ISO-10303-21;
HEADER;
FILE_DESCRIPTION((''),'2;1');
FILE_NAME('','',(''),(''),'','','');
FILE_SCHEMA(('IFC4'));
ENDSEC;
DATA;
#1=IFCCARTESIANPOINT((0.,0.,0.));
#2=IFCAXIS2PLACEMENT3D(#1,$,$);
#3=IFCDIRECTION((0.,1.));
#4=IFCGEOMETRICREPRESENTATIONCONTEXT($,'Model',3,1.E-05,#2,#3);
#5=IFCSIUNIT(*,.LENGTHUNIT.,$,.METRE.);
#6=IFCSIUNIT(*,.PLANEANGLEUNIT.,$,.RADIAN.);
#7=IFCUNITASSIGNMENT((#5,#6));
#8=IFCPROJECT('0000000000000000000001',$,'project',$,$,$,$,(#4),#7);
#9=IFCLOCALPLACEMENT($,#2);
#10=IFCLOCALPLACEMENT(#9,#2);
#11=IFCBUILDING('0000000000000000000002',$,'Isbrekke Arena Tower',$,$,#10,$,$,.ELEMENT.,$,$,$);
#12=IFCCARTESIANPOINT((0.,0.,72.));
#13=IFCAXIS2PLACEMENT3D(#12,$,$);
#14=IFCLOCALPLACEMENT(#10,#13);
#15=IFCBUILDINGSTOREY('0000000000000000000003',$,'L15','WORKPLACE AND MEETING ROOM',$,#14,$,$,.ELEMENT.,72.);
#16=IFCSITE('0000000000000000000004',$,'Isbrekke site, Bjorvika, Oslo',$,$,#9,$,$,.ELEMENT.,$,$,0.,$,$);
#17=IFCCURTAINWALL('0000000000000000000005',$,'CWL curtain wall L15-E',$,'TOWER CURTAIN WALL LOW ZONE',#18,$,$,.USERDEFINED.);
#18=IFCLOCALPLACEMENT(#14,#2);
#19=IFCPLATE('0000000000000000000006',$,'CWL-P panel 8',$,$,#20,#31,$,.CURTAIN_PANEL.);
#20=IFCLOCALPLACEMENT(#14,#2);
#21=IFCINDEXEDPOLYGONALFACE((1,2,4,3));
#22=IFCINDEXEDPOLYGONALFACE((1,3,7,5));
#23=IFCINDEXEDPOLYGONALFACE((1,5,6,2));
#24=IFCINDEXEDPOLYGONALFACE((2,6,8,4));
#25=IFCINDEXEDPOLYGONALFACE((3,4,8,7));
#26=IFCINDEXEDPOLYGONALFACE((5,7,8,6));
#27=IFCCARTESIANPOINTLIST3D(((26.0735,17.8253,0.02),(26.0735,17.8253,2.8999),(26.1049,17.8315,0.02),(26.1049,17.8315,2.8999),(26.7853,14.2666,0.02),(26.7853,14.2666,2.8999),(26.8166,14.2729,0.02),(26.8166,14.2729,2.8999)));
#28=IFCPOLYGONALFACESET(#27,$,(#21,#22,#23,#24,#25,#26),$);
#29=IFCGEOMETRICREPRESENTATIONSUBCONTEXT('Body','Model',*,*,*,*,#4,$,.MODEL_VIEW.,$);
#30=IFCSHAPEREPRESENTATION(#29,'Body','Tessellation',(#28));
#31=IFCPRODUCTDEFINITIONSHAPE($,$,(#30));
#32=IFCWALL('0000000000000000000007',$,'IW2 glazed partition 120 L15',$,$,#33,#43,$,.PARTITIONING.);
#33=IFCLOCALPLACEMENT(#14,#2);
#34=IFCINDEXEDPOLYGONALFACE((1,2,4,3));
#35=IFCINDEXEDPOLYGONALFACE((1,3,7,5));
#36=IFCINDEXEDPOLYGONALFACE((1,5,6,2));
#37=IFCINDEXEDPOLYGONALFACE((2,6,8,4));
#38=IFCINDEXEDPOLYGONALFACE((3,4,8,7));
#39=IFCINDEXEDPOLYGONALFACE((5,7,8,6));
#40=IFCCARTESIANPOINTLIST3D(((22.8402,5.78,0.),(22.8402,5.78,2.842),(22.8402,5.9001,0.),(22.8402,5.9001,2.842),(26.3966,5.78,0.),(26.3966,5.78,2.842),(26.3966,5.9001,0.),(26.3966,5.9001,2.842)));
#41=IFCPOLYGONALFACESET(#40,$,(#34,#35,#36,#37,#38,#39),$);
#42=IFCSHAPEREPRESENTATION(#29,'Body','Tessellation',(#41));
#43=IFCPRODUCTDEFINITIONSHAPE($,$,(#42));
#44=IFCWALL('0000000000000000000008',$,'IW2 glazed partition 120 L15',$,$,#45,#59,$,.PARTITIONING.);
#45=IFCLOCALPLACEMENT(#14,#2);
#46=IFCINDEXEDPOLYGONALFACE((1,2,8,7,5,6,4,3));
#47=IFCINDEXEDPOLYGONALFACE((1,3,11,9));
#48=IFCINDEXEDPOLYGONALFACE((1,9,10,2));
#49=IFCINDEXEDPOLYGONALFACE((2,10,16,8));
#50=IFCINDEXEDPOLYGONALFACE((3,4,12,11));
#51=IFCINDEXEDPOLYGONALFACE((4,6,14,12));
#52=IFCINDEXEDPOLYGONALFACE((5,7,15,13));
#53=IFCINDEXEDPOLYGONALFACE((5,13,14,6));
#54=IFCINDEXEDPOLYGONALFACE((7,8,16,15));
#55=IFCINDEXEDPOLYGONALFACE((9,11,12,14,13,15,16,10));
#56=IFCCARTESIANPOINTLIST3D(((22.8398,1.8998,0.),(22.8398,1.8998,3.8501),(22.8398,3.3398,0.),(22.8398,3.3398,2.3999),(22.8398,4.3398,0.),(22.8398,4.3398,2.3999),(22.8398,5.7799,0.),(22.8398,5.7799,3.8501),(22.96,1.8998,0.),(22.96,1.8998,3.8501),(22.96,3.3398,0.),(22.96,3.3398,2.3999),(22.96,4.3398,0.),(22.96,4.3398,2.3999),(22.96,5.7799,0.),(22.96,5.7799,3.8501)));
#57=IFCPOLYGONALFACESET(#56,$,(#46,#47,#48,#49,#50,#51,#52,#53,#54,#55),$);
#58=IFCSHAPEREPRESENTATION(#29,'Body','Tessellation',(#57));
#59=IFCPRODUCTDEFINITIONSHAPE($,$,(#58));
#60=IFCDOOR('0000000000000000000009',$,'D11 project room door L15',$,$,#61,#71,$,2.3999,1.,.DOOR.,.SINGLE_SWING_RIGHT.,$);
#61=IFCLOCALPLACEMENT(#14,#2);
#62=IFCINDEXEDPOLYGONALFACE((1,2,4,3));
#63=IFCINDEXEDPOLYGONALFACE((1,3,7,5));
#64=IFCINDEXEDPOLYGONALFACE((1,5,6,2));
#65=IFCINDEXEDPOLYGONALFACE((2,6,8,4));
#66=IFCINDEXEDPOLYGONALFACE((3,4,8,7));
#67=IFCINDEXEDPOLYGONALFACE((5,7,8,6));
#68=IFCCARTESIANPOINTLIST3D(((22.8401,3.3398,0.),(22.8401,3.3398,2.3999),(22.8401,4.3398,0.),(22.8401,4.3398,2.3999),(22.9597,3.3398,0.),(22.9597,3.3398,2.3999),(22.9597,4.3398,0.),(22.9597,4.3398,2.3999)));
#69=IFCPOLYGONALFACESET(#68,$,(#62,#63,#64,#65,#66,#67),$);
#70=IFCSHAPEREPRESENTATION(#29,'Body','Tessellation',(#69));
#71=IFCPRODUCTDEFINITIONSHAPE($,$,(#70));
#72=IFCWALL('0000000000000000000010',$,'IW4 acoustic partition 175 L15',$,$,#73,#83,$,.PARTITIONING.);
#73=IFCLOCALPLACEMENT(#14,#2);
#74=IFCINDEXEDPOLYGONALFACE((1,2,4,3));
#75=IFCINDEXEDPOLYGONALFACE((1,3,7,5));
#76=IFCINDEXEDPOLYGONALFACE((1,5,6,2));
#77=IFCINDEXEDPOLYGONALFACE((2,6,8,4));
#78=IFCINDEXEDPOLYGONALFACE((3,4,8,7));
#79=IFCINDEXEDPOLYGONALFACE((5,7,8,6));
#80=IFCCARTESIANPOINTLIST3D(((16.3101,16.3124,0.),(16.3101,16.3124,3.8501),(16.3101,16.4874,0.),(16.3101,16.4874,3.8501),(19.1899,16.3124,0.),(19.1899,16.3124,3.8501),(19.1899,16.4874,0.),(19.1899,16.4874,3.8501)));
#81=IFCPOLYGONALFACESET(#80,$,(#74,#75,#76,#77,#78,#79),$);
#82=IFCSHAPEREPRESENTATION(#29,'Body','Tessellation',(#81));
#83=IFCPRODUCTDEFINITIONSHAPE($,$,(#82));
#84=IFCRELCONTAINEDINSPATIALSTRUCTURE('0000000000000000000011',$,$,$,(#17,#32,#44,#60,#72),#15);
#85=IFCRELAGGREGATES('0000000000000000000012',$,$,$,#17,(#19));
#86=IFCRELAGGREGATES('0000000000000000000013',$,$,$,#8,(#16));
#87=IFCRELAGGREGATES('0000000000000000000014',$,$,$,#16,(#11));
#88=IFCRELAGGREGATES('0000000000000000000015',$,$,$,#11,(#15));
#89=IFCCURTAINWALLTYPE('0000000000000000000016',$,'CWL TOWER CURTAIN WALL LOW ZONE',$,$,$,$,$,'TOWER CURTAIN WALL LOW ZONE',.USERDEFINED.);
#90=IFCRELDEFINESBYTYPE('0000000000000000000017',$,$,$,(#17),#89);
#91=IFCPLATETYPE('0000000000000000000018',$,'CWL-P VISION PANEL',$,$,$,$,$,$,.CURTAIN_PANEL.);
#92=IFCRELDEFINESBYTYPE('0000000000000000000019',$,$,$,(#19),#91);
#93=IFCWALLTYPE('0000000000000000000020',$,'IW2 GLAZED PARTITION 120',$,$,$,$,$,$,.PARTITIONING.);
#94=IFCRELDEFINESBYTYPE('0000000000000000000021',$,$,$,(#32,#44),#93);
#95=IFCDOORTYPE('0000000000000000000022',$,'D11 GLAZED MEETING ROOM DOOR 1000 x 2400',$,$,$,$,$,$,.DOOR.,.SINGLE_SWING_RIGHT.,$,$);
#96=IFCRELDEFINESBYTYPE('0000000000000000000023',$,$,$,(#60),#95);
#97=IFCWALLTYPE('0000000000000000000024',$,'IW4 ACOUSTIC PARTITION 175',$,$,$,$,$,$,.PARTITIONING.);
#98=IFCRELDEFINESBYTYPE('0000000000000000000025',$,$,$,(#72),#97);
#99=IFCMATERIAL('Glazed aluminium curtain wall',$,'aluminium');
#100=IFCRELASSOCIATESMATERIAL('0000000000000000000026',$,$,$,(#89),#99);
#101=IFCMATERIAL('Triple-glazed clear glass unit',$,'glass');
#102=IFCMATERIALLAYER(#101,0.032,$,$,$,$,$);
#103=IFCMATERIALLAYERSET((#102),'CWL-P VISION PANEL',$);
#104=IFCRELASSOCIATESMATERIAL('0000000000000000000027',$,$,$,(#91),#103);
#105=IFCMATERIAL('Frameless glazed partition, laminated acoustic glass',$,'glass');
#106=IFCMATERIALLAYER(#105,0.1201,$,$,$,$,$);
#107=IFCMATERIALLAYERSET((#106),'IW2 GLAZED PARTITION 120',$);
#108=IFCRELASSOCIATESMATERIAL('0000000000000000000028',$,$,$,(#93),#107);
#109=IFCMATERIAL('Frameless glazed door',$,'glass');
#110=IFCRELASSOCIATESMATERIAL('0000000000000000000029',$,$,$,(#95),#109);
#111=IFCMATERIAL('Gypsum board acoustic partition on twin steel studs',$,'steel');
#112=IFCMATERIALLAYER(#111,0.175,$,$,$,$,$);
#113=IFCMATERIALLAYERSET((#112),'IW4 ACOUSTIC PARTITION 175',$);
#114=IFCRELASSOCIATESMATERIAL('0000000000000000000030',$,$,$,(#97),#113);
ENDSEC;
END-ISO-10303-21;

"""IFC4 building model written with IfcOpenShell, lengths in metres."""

from ifc_helpers import new_model, si_unit, direction, frame, frame_2d, origin, origin_2d, place, context, subcontext, project, spatial, rectangle, extrude, material, layer, layer_set, type_object, element, fill, aggregate, save


model = new_model("IFC4")

# Units and contexts
model_context = context("Model", 3, precision=1e-05, world=origin(), true_north=direction((0.0, 1.0)))
body_context = subcontext(model_context, "Body", "Model", "MODEL_VIEW")
ifc_project = project(units=[si_unit("LENGTHUNIT", "METRE"), si_unit("PLANEANGLEUNIT", "RADIAN")], contexts=[model_context])

# Site, building, storey
site_placement = place(None, origin())
site = spatial("IfcSite", under=ifc_project, at=site_placement, Name="Isbrekke site, Bjorvika, Oslo", CompositionType="ELEMENT", RefElevation=0.0)
building_placement = place(site_placement, origin())
building = spatial("IfcBuilding", under=site, at=building_placement, Name="Isbrekke Arena Tower", CompositionType="ELEMENT")
storey_placement = place(building_placement, frame((0.0, 0.0, 72.0)))
storey = spatial("IfcBuildingStorey", under=building, at=storey_placement, Name="L15", Description="WORKPLACE AND MEETING ROOM", CompositionType="ELEMENT", Elevation=72.0)

# Curtain wall
ifc_material_1 = material(Name="Glazed aluminium curtain wall", Category="aluminium")
curtain_wall_type = type_object("IfcCurtainWallType", Name="CWL TOWER CURTAIN WALL LOW ZONE", ElementType="TOWER CURTAIN WALL LOW ZONE", PredefinedType="USERDEFINED", material=ifc_material_1)
curtain_wall_placement = place(storey_placement, origin())
curtain_wall = element("IfcCurtainWall", 1, at=curtain_wall_placement, inside=storey, type_object=curtain_wall_type, Name="CWL curtain wall L15-E", ObjectType="TOWER CURTAIN WALL LOW ZONE", PredefinedType="USERDEFINED")

# Plate
ifc_material_2 = material(Name="Triple-glazed clear glass unit", Category="glass")
ifc_layer_1 = layer(ifc_material_2, 0.032)
ifc_layer_set_1 = layer_set([ifc_layer_1], Name="CWL-P VISION PANEL")
plate_type = type_object("IfcPlateType", Name="CWL-P VISION PANEL", PredefinedType="CURTAIN_PANEL", material=ifc_layer_set_1)
plate_1_placement = place(storey_placement, frame((26.4451, 16.0491, 0.02), z_axis=(0.0, 0.0, 1.0), x_axis=(-0.196116, 0.980581, 0.0)))
plate_1 = element("IfcPlate", 2, at=plate_1_placement, type_object=plate_type, Name="CWL-P panel 8", PredefinedType="CURTAIN_PANEL", context=body_context, shape_type="SweptSolid", body=[
    extrude(rectangle(XDim=3.6292, YDim=0.032, at=origin_2d()), origin(), (0.0, 0.0, 1.0), 2.8799),
])
aggregate(curtain_wall, [plate_1])

# Wall
ifc_material_3 = material(Name="Frameless glazed partition, laminated acoustic glass", Category="glass")
ifc_layer_2 = layer(ifc_material_3, 0.1201)
ifc_layer_set_2 = layer_set([ifc_layer_2], Name="IW2 GLAZED PARTITION 120")
wall_type_1 = type_object("IfcWallType", Name="IW2 GLAZED PARTITION 120", PredefinedType="PARTITIONING", material=ifc_layer_set_2)
wall_1_placement = place(storey_placement, frame((22.8401, 5.8401, 0.0), z_axis=(0.0, 0.0, 1.0), x_axis=(1.0, 0.0, 0.0)))
element("IfcWall", 3, at=wall_1_placement, inside=storey, type_object=wall_type_1, Name="IW2 glazed partition 120 L15", PredefinedType="PARTITIONING", context=body_context, shape_type="SweptSolid", body=[
    extrude(rectangle(XDim=3.5564, YDim=0.1201, at=frame_2d((1.7783, 0.0))), origin(), (0.0, 0.0, 1.0), 2.842),
])

# Shared definitions
ifc_material_4 = material(Name="Frameless glazed door", Category="glass")
door_type = type_object("IfcDoorType", Name="D11 GLAZED MEETING ROOM DOOR 1000 x 2400", OperationType="SINGLE_SWING_RIGHT", PredefinedType="DOOR", material=ifc_material_4)

# Wall, opening, door
wall_2_placement = place(storey_placement, frame((22.8999, 1.8999, 0.0), z_axis=(0.0, 0.0, 1.0), x_axis=(0.0, 1.0, 0.0)))
wall_2 = element("IfcWall", 4, at=wall_2_placement, inside=storey, type_object=wall_type_1, Name="IW2 glazed partition 120 L15", PredefinedType="PARTITIONING", context=body_context, shape_type="SweptSolid", body=[
    extrude(rectangle(XDim=3.8801, YDim=0.1201, at=frame_2d((1.9399, 0.0))), origin(), (0.0, 0.0, 1.0), 3.8501),
])
opening_1_placement = place(wall_2_placement, frame((1.4399, 0.0, 0.0)))
opening_1 = element("IfcOpeningElement", 5, at=opening_1_placement, cuts=wall_2, PredefinedType="OPENING", context=body_context, shape_type="SweptSolid", body=[
    extrude(rectangle(XDim=1.0, YDim=2.3999, at=frame_2d((0.5, 1.2))), frame((0.0, 0.075, 0.0), z_axis=(0.0, -1.0, 0.0), x_axis=(1.0, 0.0, 0.0)), (0.0, 0.0, 1.0), 0.1499),
])
door_1_placement = place(opening_1_placement, origin())
door_1 = element("IfcDoor", 6, at=door_1_placement, inside=storey, type_object=door_type, Name="D11 project room door L15", OperationType="SINGLE_SWING_RIGHT", OverallHeight=2.3999, OverallWidth=1.0, PredefinedType="DOOR", context=body_context, shape_type="SweptSolid", body=[
    extrude(rectangle(XDim=1.0, YDim=2.3999, at=frame_2d((0.5, 1.2))), frame((0.0, 0.0598, 0.0), z_axis=(0.0, -1.0, 0.0), x_axis=(1.0, 0.0, 0.0)), (0.0, 0.0, 1.0), 0.1196),
])
fill(opening_1, door_1)

# Wall
ifc_material_5 = material(Name="Gypsum board acoustic partition on twin steel studs", Category="steel")
ifc_layer_3 = layer(ifc_material_5, 0.175)
ifc_layer_set_3 = layer_set([ifc_layer_3], Name="IW4 ACOUSTIC PARTITION 175")
wall_type_2 = type_object("IfcWallType", Name="IW4 ACOUSTIC PARTITION 175", PredefinedType="PARTITIONING", material=ifc_layer_set_3)
wall_3_placement = place(storey_placement, frame((16.3101, 16.3999, 0.0), z_axis=(0.0, 0.0, 1.0), x_axis=(1.0, 0.0, 0.0)))
element("IfcWall", 7, at=wall_3_placement, inside=storey, type_object=wall_type_2, Name="IW4 acoustic partition 175 L15", PredefinedType="PARTITIONING", context=body_context, shape_type="SweptSolid", body=[
    extrude(rectangle(XDim=2.8799, YDim=0.175, at=frame_2d((1.4399, 0.0))), origin(), (0.0, 0.0, 1.0), 3.8501),
])

save(model, "model.ifc")
